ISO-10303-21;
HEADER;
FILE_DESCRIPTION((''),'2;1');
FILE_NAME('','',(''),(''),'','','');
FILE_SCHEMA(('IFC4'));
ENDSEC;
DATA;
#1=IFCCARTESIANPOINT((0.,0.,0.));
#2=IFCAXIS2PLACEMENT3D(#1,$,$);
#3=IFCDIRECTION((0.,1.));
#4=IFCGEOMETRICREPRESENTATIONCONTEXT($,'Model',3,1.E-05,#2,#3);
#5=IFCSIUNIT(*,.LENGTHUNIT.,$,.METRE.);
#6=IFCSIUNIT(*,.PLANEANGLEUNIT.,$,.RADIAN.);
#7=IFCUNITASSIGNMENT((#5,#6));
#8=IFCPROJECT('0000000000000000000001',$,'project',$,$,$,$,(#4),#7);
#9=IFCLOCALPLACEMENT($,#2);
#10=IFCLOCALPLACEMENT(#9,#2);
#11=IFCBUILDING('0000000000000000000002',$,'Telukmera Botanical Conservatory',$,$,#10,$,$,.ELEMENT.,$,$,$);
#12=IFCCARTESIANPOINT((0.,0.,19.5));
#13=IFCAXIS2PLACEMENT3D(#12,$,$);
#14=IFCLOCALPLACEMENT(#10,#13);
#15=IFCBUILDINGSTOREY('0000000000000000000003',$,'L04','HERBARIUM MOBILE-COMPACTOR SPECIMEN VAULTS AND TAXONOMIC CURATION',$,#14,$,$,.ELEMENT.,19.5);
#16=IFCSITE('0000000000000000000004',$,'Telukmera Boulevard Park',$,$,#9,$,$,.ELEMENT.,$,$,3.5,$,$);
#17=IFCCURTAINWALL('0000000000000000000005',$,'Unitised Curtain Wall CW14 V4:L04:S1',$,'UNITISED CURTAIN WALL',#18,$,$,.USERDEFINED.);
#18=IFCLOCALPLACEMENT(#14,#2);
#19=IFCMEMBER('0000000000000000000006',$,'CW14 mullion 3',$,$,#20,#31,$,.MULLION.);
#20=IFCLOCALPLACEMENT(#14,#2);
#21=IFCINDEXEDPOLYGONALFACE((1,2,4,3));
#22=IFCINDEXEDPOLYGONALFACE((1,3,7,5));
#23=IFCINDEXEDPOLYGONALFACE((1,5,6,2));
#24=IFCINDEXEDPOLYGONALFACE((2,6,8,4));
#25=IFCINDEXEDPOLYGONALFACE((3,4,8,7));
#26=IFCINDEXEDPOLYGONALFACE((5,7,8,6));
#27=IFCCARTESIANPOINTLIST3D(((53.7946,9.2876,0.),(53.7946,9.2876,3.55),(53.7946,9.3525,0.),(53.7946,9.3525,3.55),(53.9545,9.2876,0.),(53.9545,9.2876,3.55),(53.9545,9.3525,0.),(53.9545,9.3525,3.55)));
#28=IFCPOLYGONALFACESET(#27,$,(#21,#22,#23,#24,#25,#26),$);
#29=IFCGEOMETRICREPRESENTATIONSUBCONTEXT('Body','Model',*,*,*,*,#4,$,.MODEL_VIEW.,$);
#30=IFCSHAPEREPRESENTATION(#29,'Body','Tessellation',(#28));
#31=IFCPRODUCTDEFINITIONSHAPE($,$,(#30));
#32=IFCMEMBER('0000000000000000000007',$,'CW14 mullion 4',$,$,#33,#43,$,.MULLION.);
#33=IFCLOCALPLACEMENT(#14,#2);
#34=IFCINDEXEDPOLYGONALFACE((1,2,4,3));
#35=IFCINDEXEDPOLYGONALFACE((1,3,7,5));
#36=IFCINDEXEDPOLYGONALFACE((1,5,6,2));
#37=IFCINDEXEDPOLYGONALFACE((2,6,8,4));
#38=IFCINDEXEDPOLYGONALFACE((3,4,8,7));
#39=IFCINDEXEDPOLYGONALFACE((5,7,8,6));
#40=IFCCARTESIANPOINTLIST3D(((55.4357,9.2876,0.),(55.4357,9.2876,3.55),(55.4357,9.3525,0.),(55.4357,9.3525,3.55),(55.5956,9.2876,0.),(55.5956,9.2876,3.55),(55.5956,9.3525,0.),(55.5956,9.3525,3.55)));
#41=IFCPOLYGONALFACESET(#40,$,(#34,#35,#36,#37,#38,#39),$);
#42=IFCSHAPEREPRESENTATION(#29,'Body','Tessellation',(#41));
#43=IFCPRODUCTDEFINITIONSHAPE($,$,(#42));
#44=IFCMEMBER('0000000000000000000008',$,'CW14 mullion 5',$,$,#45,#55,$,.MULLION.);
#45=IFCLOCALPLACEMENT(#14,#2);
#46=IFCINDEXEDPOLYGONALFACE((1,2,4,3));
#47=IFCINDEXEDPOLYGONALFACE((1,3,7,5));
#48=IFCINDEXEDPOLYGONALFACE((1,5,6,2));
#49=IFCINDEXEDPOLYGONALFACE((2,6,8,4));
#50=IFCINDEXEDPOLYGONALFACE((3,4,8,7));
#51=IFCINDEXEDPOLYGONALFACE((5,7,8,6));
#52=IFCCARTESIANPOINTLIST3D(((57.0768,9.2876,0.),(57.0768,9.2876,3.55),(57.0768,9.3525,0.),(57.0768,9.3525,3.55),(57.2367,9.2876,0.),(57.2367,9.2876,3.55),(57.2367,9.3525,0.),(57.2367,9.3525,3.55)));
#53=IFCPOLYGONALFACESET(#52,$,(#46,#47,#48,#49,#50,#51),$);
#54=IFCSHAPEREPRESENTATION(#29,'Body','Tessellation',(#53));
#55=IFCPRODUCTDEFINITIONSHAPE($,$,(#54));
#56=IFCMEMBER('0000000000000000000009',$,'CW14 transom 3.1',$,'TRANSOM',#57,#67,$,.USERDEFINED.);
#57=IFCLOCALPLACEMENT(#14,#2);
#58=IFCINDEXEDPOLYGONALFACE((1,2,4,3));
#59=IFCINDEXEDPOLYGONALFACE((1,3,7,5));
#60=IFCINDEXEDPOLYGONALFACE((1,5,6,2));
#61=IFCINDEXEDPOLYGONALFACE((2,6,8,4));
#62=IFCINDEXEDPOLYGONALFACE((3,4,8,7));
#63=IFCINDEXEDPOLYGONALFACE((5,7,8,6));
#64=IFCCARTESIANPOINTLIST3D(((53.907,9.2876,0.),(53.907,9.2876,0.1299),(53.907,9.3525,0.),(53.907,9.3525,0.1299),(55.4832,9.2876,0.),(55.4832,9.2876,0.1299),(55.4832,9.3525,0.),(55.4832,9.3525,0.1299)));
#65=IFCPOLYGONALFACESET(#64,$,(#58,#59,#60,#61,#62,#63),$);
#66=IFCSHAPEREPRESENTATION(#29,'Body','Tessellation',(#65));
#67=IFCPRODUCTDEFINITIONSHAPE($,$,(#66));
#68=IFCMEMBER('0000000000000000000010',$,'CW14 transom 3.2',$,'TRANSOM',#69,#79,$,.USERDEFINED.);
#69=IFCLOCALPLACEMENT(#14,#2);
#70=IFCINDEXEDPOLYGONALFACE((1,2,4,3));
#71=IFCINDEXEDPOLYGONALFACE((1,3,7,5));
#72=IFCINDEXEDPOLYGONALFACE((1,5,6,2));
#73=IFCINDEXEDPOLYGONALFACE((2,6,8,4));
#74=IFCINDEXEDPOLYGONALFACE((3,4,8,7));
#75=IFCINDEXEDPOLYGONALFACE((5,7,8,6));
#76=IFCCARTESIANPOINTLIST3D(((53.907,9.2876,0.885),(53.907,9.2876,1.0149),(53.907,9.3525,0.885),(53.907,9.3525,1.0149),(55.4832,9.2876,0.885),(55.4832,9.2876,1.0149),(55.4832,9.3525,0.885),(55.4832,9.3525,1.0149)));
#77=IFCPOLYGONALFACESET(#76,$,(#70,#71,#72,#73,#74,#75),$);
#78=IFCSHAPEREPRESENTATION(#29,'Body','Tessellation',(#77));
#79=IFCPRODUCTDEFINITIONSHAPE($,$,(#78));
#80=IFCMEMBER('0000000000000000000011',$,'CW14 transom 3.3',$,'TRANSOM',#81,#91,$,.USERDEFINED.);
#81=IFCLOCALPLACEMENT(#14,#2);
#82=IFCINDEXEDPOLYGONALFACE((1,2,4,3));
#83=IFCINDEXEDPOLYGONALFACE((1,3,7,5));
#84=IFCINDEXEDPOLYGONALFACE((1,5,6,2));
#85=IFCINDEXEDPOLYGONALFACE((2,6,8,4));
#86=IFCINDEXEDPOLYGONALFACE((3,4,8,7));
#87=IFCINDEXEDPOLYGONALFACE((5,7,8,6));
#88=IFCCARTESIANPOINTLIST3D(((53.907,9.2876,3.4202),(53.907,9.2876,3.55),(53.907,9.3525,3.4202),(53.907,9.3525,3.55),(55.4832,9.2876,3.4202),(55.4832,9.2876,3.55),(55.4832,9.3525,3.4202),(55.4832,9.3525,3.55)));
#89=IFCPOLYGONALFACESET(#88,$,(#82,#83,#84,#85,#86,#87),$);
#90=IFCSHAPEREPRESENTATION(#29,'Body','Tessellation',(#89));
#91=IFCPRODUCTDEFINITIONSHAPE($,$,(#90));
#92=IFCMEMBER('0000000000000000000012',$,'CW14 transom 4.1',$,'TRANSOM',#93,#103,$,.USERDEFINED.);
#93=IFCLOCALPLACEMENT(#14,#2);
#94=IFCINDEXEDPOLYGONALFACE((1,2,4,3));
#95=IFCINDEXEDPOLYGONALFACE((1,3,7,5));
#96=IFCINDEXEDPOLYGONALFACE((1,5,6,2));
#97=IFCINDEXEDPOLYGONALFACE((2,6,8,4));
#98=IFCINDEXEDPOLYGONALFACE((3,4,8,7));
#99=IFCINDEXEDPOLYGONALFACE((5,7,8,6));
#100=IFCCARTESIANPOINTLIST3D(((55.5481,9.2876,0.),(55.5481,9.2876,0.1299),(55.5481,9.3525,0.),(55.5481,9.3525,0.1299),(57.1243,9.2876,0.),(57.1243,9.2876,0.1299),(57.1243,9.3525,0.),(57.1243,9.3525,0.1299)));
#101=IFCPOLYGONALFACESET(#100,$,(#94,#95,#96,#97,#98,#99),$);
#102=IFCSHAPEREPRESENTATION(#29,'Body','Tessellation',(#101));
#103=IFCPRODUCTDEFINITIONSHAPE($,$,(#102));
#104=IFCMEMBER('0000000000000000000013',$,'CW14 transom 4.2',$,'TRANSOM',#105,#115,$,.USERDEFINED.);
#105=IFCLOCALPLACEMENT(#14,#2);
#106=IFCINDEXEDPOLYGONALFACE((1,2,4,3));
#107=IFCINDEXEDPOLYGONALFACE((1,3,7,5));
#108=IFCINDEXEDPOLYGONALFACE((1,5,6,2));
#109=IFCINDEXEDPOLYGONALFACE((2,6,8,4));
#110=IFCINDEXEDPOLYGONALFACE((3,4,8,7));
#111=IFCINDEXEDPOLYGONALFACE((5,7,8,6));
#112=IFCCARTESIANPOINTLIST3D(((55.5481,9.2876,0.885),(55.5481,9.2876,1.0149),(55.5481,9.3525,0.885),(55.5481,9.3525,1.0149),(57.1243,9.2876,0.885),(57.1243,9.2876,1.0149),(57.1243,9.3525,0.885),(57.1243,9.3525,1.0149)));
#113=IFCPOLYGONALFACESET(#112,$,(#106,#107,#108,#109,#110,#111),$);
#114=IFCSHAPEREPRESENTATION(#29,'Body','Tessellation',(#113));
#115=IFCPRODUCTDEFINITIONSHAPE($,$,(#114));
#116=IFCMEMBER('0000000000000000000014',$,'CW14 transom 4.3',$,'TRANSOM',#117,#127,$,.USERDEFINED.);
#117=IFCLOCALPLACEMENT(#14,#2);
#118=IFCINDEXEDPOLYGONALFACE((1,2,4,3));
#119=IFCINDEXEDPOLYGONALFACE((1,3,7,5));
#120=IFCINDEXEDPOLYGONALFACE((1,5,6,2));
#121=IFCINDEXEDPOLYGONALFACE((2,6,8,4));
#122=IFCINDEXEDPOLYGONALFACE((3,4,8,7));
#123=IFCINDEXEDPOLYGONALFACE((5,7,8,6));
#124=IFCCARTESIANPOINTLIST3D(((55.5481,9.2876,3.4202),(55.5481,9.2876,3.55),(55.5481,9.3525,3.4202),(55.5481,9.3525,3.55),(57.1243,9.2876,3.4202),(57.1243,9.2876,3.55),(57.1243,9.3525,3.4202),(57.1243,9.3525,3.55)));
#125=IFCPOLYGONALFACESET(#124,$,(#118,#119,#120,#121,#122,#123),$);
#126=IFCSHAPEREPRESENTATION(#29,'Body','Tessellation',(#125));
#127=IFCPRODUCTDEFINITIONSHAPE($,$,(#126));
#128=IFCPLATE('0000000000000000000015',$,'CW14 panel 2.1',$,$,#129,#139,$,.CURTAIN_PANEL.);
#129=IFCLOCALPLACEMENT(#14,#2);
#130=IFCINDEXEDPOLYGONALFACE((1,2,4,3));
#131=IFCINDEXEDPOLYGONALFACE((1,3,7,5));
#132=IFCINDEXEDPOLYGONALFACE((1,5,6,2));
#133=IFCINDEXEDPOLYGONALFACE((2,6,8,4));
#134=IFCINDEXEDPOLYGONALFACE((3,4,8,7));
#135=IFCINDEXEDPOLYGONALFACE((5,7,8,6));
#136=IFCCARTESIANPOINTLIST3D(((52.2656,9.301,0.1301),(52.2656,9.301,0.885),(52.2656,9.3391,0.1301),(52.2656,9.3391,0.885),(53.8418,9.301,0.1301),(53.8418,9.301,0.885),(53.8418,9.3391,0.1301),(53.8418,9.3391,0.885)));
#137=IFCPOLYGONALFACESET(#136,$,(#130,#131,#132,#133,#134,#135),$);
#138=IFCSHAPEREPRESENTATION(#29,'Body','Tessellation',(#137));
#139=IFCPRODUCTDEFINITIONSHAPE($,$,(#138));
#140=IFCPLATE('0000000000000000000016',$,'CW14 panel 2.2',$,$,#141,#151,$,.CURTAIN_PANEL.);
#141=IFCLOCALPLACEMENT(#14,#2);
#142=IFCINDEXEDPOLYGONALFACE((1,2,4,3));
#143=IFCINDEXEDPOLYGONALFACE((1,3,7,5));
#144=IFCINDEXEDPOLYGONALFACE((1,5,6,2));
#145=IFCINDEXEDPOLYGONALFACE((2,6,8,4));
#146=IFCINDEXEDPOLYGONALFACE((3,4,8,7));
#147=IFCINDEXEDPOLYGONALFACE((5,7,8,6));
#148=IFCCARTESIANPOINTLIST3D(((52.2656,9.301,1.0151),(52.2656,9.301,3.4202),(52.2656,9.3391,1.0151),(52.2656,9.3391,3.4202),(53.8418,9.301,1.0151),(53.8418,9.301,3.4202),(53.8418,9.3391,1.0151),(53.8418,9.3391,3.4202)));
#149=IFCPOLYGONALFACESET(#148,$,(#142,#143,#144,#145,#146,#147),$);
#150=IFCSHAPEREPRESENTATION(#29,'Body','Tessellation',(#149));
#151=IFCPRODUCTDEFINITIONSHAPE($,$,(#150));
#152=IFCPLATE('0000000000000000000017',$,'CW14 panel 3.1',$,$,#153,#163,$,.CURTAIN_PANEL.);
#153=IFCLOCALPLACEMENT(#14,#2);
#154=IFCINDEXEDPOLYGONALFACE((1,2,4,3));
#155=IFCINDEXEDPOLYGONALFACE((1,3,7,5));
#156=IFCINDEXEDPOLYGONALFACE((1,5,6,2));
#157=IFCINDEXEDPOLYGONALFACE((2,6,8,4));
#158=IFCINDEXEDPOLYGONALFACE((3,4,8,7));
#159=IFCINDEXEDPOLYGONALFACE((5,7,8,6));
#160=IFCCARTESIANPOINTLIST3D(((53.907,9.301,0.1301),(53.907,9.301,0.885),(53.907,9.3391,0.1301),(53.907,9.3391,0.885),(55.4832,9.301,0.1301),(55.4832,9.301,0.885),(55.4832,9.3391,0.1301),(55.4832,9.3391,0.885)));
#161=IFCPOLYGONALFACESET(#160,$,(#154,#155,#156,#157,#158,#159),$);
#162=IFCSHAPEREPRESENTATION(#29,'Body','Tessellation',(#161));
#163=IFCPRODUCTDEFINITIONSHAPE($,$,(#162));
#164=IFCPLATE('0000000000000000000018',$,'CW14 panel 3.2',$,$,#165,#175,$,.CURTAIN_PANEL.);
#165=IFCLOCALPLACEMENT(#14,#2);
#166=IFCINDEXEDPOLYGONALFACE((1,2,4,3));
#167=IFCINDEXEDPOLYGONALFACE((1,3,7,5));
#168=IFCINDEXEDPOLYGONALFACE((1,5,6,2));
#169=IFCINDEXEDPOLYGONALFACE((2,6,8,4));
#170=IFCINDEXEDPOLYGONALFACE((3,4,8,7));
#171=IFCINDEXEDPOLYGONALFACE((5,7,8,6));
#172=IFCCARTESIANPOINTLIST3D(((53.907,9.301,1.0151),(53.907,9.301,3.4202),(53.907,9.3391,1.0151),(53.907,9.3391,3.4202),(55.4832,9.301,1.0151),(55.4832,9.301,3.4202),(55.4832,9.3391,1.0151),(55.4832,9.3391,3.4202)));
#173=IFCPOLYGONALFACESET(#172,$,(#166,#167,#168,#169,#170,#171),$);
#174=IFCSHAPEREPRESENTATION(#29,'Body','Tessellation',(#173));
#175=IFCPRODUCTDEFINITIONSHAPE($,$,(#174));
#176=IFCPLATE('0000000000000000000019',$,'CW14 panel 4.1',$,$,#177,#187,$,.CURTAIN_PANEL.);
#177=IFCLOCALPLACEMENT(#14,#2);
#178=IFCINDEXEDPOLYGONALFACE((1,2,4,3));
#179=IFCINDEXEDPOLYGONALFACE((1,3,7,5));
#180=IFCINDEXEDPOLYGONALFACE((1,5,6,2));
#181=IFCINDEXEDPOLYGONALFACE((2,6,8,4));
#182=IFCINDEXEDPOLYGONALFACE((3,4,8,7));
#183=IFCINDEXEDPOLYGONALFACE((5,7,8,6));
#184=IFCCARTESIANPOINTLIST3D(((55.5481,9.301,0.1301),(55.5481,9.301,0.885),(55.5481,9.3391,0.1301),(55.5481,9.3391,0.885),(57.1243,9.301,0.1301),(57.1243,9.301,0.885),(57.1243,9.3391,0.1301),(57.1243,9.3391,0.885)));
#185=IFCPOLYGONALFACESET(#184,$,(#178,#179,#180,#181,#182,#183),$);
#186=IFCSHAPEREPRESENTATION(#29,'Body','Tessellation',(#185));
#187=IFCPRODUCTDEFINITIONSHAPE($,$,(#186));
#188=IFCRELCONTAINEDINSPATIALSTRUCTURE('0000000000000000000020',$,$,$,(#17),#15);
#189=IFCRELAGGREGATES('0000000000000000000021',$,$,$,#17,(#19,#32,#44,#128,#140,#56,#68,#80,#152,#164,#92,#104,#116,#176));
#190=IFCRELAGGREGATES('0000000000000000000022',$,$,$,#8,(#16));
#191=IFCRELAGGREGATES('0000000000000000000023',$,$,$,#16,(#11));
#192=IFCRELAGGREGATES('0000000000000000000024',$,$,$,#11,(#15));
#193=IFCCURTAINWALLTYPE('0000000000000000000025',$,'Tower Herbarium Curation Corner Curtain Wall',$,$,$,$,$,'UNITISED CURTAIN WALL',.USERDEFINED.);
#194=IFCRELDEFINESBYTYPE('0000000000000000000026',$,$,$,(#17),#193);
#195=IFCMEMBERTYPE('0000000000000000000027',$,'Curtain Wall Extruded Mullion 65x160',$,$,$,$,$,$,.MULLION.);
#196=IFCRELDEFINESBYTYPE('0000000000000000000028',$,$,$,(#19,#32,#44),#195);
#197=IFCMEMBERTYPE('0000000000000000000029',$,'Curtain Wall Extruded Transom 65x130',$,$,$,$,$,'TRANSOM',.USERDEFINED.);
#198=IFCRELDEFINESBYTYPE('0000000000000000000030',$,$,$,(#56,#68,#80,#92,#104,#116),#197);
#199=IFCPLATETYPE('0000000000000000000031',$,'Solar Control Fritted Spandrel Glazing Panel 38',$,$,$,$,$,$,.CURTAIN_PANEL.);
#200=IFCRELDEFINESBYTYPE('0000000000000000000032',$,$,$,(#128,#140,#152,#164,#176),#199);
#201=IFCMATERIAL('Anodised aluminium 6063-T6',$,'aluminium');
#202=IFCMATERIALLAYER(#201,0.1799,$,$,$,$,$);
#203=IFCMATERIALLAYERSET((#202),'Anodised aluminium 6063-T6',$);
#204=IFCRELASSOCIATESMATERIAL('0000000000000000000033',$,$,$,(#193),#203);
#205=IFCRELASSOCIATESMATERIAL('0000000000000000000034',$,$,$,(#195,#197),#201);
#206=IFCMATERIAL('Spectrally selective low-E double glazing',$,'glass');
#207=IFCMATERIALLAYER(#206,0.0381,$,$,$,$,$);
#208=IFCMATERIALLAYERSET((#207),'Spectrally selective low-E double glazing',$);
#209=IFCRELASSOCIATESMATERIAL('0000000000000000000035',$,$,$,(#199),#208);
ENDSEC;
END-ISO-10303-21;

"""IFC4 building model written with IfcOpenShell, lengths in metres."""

from ifc_helpers import new_model, si_unit, direction, frame, origin, origin_2d, place, context, subcontext, project, spatial, rectangle, extrude, material, layer, layer_set, material_profile, profile_set, type_object, element, aggregate, save


model = new_model("IFC4")

# Units and contexts
model_context = context("Model", 3, precision=1e-05, world=origin(), true_north=direction((0.0, 1.0)))
body_context = subcontext(model_context, "Body", "Model", "MODEL_VIEW")
ifc_project = project(units=[si_unit("LENGTHUNIT", "METRE"), si_unit("PLANEANGLEUNIT", "RADIAN")], contexts=[model_context])

# Site, building, storey
site_placement = place(None, origin())
site = spatial("IfcSite", under=ifc_project, at=site_placement, Name="Telukmera Boulevard Park", CompositionType="ELEMENT", RefElevation=3.5)
building_placement = place(site_placement, origin())
building = spatial("IfcBuilding", under=site, at=building_placement, Name="Telukmera Botanical Conservatory", CompositionType="ELEMENT")
storey_placement = place(building_placement, frame((0.0, 0.0, 19.5)))
storey = spatial("IfcBuildingStorey", under=building, at=storey_placement, Name="L04", Description="HERBARIUM MOBILE-COMPACTOR SPECIMEN VAULTS AND TAXONOMIC CURATION", CompositionType="ELEMENT", Elevation=19.5)

# Curtain wall, members, plates
ifc_material_1 = material(Name="Anodised aluminium 6063-T6", Category="aluminium")
ifc_layer_1 = layer(ifc_material_1, 0.1799)
ifc_layer_set_1 = layer_set([ifc_layer_1], Name="Anodised aluminium 6063-T6")
curtain_wall_type = type_object("IfcCurtainWallType", Name="Tower Herbarium Curation Corner Curtain Wall", ElementType="UNITISED CURTAIN WALL", PredefinedType="USERDEFINED", material=ifc_layer_set_1)
curtain_wall_placement = place(storey_placement, origin())
curtain_wall = element("IfcCurtainWall", 1, at=curtain_wall_placement, inside=storey, type_object=curtain_wall_type, Name="Unitised Curtain Wall CW14 V4:L04:S1", ObjectType="UNITISED CURTAIN WALL", PredefinedType="USERDEFINED")
ifc_material_profile_1 = material_profile(ifc_material_1, rectangle(XDim=0.0649, YDim=0.1599, at=origin_2d()), Name="ALU MULL 65x160")
ifc_profile_set_1 = profile_set([ifc_material_profile_1], Name="Anodised aluminium 6063-T6")
member_type_1 = type_object("IfcMemberType", Name="Curtain Wall Extruded Mullion 65x160", PredefinedType="MULLION", material=ifc_profile_set_1)
member_1_placement = place(storey_placement, frame((53.8745, 9.3201, 0.0), z_axis=(0.0, 0.0, 1.0), x_axis=(0.0, 1.0, 0.0)))
member_1 = element("IfcMember", 2, at=member_1_placement, type_object=member_type_1, Name="CW14 mullion 3", PredefinedType="MULLION", context=body_context, shape_type="SweptSolid", body=[
    extrude(rectangle(XDim=0.0649, YDim=0.1599, at=origin_2d()), origin(), (0.0, 0.0, 1.0), 3.55),
])
member_2_placement = place(storey_placement, frame((55.5156, 9.3201, 0.0), z_axis=(0.0, 0.0, 1.0), x_axis=(0.0, 1.0, 0.0)))
member_2 = element("IfcMember", 3, at=member_2_placement, type_object=member_type_1, Name="CW14 mullion 4", PredefinedType="MULLION", context=body_context, shape_type="SweptSolid", body=[
    extrude(rectangle(XDim=0.0649, YDim=0.1599, at=origin_2d()), origin(), (0.0, 0.0, 1.0), 3.55),
])
member_3_placement = place(storey_placement, frame((57.1567, 9.3201, 0.0), z_axis=(0.0, 0.0, 1.0), x_axis=(0.0, 1.0, 0.0)))
member_3 = element("IfcMember", 4, at=member_3_placement, type_object=member_type_1, Name="CW14 mullion 5", PredefinedType="MULLION", context=body_context, shape_type="SweptSolid", body=[
    extrude(rectangle(XDim=0.0649, YDim=0.1599, at=origin_2d()), origin(), (0.0, 0.0, 1.0), 3.55),
])
ifc_material_profile_2 = material_profile(ifc_material_1, rectangle(XDim=0.0649, YDim=0.1299, at=origin_2d()), Name="ALU TRAN 65x130")
ifc_profile_set_2 = profile_set([ifc_material_profile_2], Name="Anodised aluminium 6063-T6")
member_type_2 = type_object("IfcMemberType", Name="Curtain Wall Extruded Transom 65x130", ElementType="TRANSOM", PredefinedType="USERDEFINED", material=ifc_profile_set_2)
member_4_placement = place(storey_placement, frame((53.907, 9.3201, 0.0649), z_axis=(1.0, 0.0, 0.0), x_axis=(0.0, 1.0, 0.0)))
member_4 = element("IfcMember", 5, at=member_4_placement, type_object=member_type_2, Name="CW14 transom 3.1", ObjectType="TRANSOM", PredefinedType="USERDEFINED", context=body_context, shape_type="SweptSolid", body=[
    extrude(rectangle(XDim=0.0649, YDim=0.1299, at=origin_2d()), origin(), (0.0, 0.0, 1.0), 1.5762),
])
member_5_placement = place(storey_placement, frame((53.907, 9.3201, 0.95), z_axis=(1.0, 0.0, 0.0), x_axis=(0.0, 1.0, 0.0)))
member_5 = element("IfcMember", 6, at=member_5_placement, type_object=member_type_2, Name="CW14 transom 3.2", ObjectType="TRANSOM", PredefinedType="USERDEFINED", context=body_context, shape_type="SweptSolid", body=[
    extrude(rectangle(XDim=0.0649, YDim=0.1299, at=origin_2d()), origin(), (0.0, 0.0, 1.0), 1.5762),
])
member_6_placement = place(storey_placement, frame((53.907, 9.3201, 3.4851), z_axis=(1.0, 0.0, 0.0), x_axis=(0.0, 1.0, 0.0)))
member_6 = element("IfcMember", 7, at=member_6_placement, type_object=member_type_2, Name="CW14 transom 3.3", ObjectType="TRANSOM", PredefinedType="USERDEFINED", context=body_context, shape_type="SweptSolid", body=[
    extrude(rectangle(XDim=0.0649, YDim=0.1299, at=origin_2d()), origin(), (0.0, 0.0, 1.0), 1.5762),
])
member_7_placement = place(storey_placement, frame((55.5481, 9.3201, 0.0649), z_axis=(1.0, 0.0, 0.0), x_axis=(0.0, 1.0, 0.0)))
member_7 = element("IfcMember", 8, at=member_7_placement, type_object=member_type_2, Name="CW14 transom 4.1", ObjectType="TRANSOM", PredefinedType="USERDEFINED", context=body_context, shape_type="SweptSolid", body=[
    extrude(rectangle(XDim=0.0649, YDim=0.1299, at=origin_2d()), origin(), (0.0, 0.0, 1.0), 1.5762),
])
member_8_placement = place(storey_placement, frame((55.5481, 9.3201, 0.95), z_axis=(1.0, 0.0, 0.0), x_axis=(0.0, 1.0, 0.0)))
member_8 = element("IfcMember", 9, at=member_8_placement, type_object=member_type_2, Name="CW14 transom 4.2", ObjectType="TRANSOM", PredefinedType="USERDEFINED", context=body_context, shape_type="SweptSolid", body=[
    extrude(rectangle(XDim=0.0649, YDim=0.1299, at=origin_2d()), origin(), (0.0, 0.0, 1.0), 1.5762),
])
member_9_placement = place(storey_placement, frame((55.5481, 9.3201, 3.4851), z_axis=(1.0, 0.0, 0.0), x_axis=(0.0, 1.0, 0.0)))
member_9 = element("IfcMember", 10, at=member_9_placement, type_object=member_type_2, Name="CW14 transom 4.3", ObjectType="TRANSOM", PredefinedType="USERDEFINED", context=body_context, shape_type="SweptSolid", body=[
    extrude(rectangle(XDim=0.0649, YDim=0.1299, at=origin_2d()), origin(), (0.0, 0.0, 1.0), 1.5762),
])
ifc_material_2 = material(Name="Spectrally selective low-E double glazing", Category="glass")
ifc_layer_2 = layer(ifc_material_2, 0.0381)
ifc_layer_set_2 = layer_set([ifc_layer_2], Name="Spectrally selective low-E double glazing")
plate_type = type_object("IfcPlateType", Name="Solar Control Fritted Spandrel Glazing Panel 38", PredefinedType="CURTAIN_PANEL", material=ifc_layer_set_2)
plate_1_placement = place(storey_placement, frame((53.0537, 9.3201, 0.1301), z_axis=(0.0, 0.0, 1.0), x_axis=(1.0, 0.0, 0.0)))
plate_1 = element("IfcPlate", 11, at=plate_1_placement, type_object=plate_type, Name="CW14 panel 2.1", PredefinedType="CURTAIN_PANEL", context=body_context, shape_type="SweptSolid", body=[
    extrude(rectangle(XDim=1.5762, YDim=0.0381, at=origin_2d()), origin(), (0.0, 0.0, 1.0), 0.7549),
])
plate_2_placement = place(storey_placement, frame((53.0537, 9.3201, 1.0151), z_axis=(0.0, 0.0, 1.0), x_axis=(1.0, 0.0, 0.0)))
plate_2 = element("IfcPlate", 12, at=plate_2_placement, type_object=plate_type, Name="CW14 panel 2.2", PredefinedType="CURTAIN_PANEL", context=body_context, shape_type="SweptSolid", body=[
    extrude(rectangle(XDim=1.5762, YDim=0.0381, at=origin_2d()), origin(), (0.0, 0.0, 1.0), 2.405),
])
plate_3_placement = place(storey_placement, frame((54.6951, 9.3201, 0.1301), z_axis=(0.0, 0.0, 1.0), x_axis=(1.0, 0.0, 0.0)))
plate_3 = element("IfcPlate", 13, at=plate_3_placement, type_object=plate_type, Name="CW14 panel 3.1", PredefinedType="CURTAIN_PANEL", context=body_context, shape_type="SweptSolid", body=[
    extrude(rectangle(XDim=1.5762, YDim=0.0381, at=origin_2d()), origin(), (0.0, 0.0, 1.0), 0.7549),
])
plate_4_placement = place(storey_placement, frame((54.6951, 9.3201, 1.0151), z_axis=(0.0, 0.0, 1.0), x_axis=(1.0, 0.0, 0.0)))
plate_4 = element("IfcPlate", 14, at=plate_4_placement, type_object=plate_type, Name="CW14 panel 3.2", PredefinedType="CURTAIN_PANEL", context=body_context, shape_type="SweptSolid", body=[
    extrude(rectangle(XDim=1.5762, YDim=0.0381, at=origin_2d()), origin(), (0.0, 0.0, 1.0), 2.405),
])
plate_5_placement = place(storey_placement, frame((56.3362, 9.3201, 0.1301), z_axis=(0.0, 0.0, 1.0), x_axis=(1.0, 0.0, 0.0)))
plate_5 = element("IfcPlate", 15, at=plate_5_placement, type_object=plate_type, Name="CW14 panel 4.1", PredefinedType="CURTAIN_PANEL", context=body_context, shape_type="SweptSolid", body=[
    extrude(rectangle(XDim=1.5762, YDim=0.0381, at=origin_2d()), origin(), (0.0, 0.0, 1.0), 0.7549),
])
aggregate(curtain_wall, [member_1, member_2, member_3, plate_1, plate_2, member_4, member_5, member_6, plate_3, plate_4, member_7, member_8, member_9, plate_5])

save(model, "model.ifc")
